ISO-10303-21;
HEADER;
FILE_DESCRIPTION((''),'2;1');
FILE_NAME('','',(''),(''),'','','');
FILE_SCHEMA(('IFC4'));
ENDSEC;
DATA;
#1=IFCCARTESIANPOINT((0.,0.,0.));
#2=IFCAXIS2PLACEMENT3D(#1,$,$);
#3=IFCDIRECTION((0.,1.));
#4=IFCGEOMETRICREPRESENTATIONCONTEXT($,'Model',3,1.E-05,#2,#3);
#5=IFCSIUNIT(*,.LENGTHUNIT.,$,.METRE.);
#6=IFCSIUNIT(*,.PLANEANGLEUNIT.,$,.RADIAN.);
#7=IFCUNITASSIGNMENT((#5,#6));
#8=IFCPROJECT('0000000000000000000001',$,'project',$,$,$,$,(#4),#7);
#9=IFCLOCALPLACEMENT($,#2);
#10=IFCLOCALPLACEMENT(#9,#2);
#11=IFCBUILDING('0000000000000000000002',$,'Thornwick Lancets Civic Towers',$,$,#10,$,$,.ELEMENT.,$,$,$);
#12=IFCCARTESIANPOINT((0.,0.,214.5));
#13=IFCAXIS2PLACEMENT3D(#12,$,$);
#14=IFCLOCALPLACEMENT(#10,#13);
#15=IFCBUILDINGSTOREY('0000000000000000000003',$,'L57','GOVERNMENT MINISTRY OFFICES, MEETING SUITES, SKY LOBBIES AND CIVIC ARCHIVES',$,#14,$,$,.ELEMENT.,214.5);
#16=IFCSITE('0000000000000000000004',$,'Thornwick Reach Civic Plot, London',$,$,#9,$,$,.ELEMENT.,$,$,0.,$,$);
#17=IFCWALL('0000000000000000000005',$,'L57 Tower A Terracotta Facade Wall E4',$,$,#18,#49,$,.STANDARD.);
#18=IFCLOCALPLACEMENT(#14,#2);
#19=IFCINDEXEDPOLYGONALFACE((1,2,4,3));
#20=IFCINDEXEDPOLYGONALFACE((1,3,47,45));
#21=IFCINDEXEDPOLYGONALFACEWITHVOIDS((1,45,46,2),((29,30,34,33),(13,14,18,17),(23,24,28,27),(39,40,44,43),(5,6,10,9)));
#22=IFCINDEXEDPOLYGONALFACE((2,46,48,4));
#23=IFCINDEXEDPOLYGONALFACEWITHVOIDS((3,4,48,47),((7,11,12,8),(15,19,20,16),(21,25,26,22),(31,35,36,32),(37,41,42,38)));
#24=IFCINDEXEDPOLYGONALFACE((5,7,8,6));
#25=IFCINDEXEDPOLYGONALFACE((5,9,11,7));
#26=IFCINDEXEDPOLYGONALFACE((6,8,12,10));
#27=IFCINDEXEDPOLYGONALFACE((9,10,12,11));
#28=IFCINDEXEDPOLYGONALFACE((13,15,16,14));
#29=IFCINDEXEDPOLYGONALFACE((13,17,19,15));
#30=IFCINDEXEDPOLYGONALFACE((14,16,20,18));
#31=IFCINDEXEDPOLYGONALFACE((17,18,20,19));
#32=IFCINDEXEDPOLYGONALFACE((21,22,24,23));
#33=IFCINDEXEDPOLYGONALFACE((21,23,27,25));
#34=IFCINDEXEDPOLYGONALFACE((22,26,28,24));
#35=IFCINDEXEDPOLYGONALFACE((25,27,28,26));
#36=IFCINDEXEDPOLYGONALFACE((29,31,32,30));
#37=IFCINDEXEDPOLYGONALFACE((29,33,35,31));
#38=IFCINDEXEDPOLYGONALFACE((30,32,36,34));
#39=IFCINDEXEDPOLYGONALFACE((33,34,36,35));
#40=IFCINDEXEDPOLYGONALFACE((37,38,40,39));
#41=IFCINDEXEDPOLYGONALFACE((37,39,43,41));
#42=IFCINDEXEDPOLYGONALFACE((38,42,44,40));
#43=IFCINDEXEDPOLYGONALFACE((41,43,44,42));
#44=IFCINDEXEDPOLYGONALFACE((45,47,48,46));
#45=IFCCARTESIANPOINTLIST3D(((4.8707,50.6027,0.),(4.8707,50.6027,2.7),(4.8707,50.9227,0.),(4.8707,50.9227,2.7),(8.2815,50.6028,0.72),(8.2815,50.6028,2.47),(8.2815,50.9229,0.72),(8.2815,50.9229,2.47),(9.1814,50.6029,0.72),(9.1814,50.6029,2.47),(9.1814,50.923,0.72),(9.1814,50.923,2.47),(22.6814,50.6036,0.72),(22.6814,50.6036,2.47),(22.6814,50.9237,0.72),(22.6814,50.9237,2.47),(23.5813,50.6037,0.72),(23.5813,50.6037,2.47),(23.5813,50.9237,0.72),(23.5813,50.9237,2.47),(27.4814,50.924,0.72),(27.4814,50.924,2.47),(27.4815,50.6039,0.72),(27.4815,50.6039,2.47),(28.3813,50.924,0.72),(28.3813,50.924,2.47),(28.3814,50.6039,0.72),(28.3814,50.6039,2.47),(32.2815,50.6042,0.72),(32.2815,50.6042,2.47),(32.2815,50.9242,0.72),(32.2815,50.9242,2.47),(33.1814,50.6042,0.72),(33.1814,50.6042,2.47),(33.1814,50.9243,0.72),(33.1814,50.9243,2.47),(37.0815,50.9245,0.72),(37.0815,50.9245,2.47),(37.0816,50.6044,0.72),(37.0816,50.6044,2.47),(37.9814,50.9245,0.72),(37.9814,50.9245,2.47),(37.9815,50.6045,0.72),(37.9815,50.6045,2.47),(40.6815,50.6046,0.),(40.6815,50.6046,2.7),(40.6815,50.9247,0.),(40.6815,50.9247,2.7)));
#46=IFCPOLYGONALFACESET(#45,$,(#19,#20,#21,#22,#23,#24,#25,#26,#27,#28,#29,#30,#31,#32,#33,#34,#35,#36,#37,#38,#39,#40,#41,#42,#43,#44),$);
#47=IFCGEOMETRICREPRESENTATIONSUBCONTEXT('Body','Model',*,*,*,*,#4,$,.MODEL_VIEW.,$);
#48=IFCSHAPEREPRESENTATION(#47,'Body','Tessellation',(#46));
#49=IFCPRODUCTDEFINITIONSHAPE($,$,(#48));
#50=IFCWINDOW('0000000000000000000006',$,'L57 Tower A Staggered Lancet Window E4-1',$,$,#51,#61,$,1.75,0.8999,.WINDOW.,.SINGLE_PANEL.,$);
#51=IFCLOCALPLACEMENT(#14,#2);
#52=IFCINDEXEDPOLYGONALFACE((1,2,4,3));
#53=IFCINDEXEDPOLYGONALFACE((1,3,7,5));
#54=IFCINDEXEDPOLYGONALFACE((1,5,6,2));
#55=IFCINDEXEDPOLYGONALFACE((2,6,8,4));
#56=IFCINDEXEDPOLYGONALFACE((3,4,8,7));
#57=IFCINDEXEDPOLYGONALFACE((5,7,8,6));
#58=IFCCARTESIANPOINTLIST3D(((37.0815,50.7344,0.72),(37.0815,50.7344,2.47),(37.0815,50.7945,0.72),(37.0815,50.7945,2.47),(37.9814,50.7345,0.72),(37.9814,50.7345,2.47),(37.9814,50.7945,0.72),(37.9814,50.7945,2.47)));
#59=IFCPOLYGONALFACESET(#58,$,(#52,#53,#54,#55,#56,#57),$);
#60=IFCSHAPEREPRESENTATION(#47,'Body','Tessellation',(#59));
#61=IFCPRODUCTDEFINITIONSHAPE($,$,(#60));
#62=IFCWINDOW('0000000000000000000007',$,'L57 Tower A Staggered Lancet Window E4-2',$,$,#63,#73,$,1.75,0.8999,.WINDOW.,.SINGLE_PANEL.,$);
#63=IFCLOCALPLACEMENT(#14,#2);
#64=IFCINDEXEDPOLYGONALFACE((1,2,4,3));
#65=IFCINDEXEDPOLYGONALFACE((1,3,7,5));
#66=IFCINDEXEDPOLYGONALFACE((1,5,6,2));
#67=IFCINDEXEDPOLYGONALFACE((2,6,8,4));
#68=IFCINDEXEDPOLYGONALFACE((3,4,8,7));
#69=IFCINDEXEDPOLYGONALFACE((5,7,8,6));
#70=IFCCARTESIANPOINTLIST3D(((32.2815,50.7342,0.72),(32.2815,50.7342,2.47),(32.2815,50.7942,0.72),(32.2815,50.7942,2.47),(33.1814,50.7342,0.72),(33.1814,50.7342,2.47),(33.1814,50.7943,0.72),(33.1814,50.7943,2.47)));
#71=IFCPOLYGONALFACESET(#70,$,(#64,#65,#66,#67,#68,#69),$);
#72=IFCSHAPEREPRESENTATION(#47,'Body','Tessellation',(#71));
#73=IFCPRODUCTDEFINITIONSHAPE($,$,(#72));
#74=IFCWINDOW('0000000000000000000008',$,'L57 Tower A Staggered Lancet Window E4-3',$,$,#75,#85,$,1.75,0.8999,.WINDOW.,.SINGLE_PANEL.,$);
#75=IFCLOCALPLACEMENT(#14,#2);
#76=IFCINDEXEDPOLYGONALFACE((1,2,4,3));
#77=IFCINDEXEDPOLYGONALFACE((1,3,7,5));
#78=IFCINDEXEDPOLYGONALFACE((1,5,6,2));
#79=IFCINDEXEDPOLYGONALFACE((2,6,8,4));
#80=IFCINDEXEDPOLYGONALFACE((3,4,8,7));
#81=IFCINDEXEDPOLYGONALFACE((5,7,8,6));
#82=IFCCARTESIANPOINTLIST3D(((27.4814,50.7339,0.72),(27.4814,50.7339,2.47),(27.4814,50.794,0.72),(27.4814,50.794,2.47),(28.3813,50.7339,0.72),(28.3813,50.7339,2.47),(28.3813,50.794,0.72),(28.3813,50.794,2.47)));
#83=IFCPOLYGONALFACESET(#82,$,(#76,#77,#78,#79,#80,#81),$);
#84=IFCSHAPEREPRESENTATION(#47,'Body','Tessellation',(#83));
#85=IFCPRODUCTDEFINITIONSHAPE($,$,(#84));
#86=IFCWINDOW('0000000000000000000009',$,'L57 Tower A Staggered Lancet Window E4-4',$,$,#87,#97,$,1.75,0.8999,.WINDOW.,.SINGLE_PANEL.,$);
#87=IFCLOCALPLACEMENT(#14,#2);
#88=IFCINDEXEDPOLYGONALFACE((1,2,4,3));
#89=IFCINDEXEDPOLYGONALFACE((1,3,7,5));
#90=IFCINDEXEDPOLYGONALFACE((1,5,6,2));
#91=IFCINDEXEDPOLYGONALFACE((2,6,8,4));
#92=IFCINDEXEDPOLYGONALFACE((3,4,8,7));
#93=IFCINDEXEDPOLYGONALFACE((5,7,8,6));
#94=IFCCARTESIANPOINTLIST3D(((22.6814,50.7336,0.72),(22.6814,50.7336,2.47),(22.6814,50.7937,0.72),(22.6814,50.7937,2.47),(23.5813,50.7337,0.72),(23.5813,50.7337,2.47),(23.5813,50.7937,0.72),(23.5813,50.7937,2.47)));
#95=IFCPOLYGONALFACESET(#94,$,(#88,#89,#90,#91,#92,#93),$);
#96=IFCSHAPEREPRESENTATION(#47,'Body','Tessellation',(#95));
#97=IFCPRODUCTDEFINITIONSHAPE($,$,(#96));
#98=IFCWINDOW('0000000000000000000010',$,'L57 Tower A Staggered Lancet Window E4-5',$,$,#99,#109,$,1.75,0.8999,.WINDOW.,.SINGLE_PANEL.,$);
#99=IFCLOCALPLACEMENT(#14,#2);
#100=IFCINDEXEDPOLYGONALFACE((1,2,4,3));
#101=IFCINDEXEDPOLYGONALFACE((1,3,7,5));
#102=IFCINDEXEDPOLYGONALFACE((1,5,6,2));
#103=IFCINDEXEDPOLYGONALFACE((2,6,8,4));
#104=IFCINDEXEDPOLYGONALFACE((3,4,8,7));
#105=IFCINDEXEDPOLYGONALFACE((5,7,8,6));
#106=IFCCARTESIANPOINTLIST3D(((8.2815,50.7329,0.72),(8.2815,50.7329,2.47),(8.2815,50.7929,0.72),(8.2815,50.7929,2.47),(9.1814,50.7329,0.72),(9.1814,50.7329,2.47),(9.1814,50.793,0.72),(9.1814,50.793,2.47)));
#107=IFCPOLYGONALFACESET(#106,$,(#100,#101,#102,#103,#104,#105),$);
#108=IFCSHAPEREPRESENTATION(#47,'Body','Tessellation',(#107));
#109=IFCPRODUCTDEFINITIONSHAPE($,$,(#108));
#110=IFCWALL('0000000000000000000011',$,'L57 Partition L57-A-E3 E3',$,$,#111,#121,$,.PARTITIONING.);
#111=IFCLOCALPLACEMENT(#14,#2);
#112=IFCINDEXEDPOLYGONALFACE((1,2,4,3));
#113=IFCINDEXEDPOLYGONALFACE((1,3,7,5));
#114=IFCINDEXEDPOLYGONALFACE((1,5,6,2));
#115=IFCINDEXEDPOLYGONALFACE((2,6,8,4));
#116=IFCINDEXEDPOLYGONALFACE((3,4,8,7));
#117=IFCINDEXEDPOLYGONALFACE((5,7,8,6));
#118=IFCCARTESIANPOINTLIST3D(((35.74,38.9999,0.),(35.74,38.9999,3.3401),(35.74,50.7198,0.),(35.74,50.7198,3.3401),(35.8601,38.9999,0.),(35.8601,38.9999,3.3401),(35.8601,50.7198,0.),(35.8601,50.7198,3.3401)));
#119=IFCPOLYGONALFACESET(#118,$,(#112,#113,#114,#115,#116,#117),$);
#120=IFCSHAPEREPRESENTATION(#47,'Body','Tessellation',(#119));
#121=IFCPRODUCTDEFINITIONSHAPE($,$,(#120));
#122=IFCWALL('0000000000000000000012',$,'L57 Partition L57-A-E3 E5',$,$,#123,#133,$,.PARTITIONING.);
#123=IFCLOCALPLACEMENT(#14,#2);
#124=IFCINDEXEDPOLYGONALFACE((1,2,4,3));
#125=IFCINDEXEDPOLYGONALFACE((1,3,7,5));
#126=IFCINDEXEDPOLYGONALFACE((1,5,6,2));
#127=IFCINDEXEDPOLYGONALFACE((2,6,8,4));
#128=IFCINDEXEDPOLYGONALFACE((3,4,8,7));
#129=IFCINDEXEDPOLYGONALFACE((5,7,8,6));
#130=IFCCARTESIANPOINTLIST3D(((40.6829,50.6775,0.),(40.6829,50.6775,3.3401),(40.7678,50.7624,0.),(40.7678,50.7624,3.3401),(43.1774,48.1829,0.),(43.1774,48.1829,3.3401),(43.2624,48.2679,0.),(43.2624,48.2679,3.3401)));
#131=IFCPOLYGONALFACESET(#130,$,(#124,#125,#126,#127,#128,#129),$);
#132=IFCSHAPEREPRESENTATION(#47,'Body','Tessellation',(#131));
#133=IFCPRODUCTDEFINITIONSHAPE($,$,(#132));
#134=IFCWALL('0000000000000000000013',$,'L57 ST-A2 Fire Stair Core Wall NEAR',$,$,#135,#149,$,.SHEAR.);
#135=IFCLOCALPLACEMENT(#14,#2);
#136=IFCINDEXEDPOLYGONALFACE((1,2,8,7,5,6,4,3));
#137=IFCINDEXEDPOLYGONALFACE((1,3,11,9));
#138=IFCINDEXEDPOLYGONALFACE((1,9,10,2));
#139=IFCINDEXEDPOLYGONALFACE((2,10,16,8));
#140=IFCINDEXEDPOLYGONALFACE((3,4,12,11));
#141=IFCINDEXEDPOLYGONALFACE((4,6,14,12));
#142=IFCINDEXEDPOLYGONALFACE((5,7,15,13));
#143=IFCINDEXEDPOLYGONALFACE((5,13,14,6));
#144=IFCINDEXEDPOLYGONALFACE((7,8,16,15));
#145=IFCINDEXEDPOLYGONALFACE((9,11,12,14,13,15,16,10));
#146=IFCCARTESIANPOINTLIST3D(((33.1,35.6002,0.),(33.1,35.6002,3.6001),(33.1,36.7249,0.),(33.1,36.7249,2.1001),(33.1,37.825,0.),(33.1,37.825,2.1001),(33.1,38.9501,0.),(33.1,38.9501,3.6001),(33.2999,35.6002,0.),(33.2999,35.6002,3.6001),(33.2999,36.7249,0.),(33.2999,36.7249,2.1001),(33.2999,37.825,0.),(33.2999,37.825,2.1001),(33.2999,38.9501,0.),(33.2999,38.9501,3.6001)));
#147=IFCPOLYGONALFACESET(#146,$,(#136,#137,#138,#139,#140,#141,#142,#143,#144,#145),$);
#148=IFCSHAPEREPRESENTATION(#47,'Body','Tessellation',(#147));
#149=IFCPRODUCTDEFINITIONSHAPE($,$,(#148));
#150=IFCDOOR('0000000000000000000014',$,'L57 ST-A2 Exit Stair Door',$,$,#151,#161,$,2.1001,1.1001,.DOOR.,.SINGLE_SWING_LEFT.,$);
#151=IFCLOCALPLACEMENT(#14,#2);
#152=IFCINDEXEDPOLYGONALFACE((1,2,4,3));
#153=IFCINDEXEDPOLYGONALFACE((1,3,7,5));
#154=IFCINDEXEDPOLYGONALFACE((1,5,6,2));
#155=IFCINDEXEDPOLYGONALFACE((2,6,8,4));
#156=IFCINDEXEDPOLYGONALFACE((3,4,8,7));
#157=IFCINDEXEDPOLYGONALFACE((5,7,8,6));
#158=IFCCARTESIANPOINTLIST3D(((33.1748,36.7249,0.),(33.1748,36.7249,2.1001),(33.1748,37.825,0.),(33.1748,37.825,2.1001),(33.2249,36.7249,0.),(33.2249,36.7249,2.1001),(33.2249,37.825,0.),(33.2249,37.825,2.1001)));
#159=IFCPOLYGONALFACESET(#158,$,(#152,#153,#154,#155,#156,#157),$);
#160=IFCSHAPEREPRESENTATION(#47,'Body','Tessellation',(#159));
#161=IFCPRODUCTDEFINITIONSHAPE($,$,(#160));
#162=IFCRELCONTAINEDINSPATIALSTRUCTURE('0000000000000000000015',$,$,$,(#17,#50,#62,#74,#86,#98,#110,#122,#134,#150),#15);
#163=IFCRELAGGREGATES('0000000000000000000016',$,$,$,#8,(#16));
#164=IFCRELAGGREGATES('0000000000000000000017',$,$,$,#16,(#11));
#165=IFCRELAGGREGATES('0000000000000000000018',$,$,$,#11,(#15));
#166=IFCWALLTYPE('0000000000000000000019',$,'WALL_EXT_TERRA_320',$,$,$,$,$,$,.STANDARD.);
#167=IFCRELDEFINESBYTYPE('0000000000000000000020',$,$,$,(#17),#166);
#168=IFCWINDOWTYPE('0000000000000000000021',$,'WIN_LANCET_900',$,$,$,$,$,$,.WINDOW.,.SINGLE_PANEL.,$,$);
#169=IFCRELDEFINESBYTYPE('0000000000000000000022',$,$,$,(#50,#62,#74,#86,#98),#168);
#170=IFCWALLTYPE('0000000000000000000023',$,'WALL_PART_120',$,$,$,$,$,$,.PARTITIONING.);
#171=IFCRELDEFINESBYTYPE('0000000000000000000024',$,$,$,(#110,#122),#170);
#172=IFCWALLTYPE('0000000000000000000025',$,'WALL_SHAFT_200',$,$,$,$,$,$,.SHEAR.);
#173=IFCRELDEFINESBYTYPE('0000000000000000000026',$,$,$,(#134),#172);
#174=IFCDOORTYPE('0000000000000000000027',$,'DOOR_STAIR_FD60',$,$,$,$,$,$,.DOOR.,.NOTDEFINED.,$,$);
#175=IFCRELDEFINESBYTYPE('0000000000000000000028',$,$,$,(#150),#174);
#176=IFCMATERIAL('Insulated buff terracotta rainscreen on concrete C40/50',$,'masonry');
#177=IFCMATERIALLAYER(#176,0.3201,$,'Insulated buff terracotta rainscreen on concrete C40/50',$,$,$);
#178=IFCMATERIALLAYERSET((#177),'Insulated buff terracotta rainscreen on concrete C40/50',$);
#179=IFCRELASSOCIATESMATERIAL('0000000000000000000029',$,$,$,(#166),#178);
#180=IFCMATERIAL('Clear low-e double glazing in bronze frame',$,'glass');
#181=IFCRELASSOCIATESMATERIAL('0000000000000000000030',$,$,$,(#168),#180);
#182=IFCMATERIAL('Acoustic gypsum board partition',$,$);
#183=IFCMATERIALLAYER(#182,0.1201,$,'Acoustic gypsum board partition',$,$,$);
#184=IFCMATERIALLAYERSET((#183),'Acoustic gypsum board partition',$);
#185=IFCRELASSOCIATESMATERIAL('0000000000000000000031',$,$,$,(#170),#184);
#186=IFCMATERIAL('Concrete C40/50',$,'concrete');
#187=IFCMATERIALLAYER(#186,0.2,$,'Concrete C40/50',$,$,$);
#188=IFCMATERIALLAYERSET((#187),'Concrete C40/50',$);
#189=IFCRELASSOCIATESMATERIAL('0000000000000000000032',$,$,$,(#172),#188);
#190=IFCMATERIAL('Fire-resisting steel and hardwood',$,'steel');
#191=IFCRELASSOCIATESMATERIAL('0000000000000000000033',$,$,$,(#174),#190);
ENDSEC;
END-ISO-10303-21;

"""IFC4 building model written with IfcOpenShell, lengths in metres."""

from ifc_helpers import new_model, si_unit, direction, frame, frame_2d, origin, place, context, subcontext, project, spatial, rectangle, extrude, material, layer, layer_set, type_object, element, fill, save


model = new_model("IFC4")

# Units and contexts
model_context = context("Model", 3, precision=1e-05, world=origin(), true_north=direction((0.0, 1.0)))
body_context = subcontext(model_context, "Body", "Model", "MODEL_VIEW")
ifc_project = project(units=[si_unit("LENGTHUNIT", "METRE"), si_unit("PLANEANGLEUNIT", "RADIAN")], contexts=[model_context])

# Site, building, storey
site_placement = place(None, origin())
site = spatial("IfcSite", under=ifc_project, at=site_placement, Name="Thornwick Reach Civic Plot, London", CompositionType="ELEMENT", RefElevation=0.0)
building_placement = place(site_placement, origin())
building = spatial("IfcBuilding", under=site, at=building_placement, Name="Thornwick Lancets Civic Towers", CompositionType="ELEMENT")
storey_placement = place(building_placement, frame((0.0, 0.0, 214.5)))
storey = spatial("IfcBuildingStorey", under=building, at=storey_placement, Name="L57", Description="GOVERNMENT MINISTRY OFFICES, MEETING SUITES, SKY LOBBIES AND CIVIC ARCHIVES", CompositionType="ELEMENT", Elevation=214.5)

# Shared definitions
ifc_material_1 = material(Name="Concrete C40/50", Category="concrete")

# Wall, openings, windows
ifc_material_2 = material(Name="Insulated buff terracotta rainscreen on concrete C40/50", Category="masonry")
ifc_layer_1 = layer(ifc_material_2, 0.3201, Name="Insulated buff terracotta rainscreen on concrete C40/50")
ifc_layer_set_1 = layer_set([ifc_layer_1], Name="Insulated buff terracotta rainscreen on concrete C40/50")
wall_type_1 = type_object("IfcWallType", Name="WALL_EXT_TERRA_320", PredefinedType="STANDARD", material=ifc_layer_set_1)
wall_1_placement = place(storey_placement, frame((40.6814, 50.7646, 0.0), z_axis=(0.0, 0.0, 1.0), x_axis=(-1.0, -0.000055, 0.0)))
wall_1 = element("IfcWall", 1, at=wall_1_placement, inside=storey, type_object=wall_type_1, Name="L57 Tower A Terracotta Facade Wall E4", PredefinedType="STANDARD", context=body_context, shape_type="SweptSolid", body=[
    extrude(rectangle(XDim=35.8108, YDim=0.3201, at=frame_2d((17.9053, 0.0))), origin(), (0.0, 0.0, 1.0), 2.7),
])
opening_1_placement = place(wall_1_placement, frame((2.7, 0.0, 0.72)))
opening_1 = element("IfcOpeningElement", 2, at=opening_1_placement, cuts=wall_1, PredefinedType="OPENING", context=body_context, shape_type="SweptSolid", body=[
    extrude(rectangle(XDim=0.8999, YDim=1.75, at=frame_2d((0.45, 0.875))), frame((0.0, 0.1699, 0.0), z_axis=(0.0, -1.0, 0.0), x_axis=(1.0, 0.0, 0.0)), (0.0, 0.0, 1.0), 0.3401),
])
opening_2_placement = place(wall_1_placement, frame((7.5, 0.0, 0.72)))
opening_2 = element("IfcOpeningElement", 3, at=opening_2_placement, cuts=wall_1, PredefinedType="OPENING", context=body_context, shape_type="SweptSolid", body=[
    extrude(rectangle(XDim=0.8999, YDim=1.75, at=frame_2d((0.45, 0.875))), frame((0.0, 0.1699, 0.0), z_axis=(0.0, -1.0, 0.0), x_axis=(1.0, 0.0, 0.0)), (0.0, 0.0, 1.0), 0.3401),
])
opening_3_placement = place(wall_1_placement, frame((12.3, 0.0, 0.72)))
opening_3 = element("IfcOpeningElement", 4, at=opening_3_placement, cuts=wall_1, PredefinedType="OPENING", context=body_context, shape_type="SweptSolid", body=[
    extrude(rectangle(XDim=0.8999, YDim=1.75, at=frame_2d((0.45, 0.875))), frame((0.0, 0.1699, 0.0), z_axis=(0.0, -1.0, 0.0), x_axis=(1.0, 0.0, 0.0)), (0.0, 0.0, 1.0), 0.3401),
])
opening_4_placement = place(wall_1_placement, frame((17.1001, 0.0, 0.72)))
opening_4 = element("IfcOpeningElement", 5, at=opening_4_placement, cuts=wall_1, PredefinedType="OPENING", context=body_context, shape_type="SweptSolid", body=[
    extrude(rectangle(XDim=0.8999, YDim=1.75, at=frame_2d((0.45, 0.875))), frame((0.0, 0.1699, 0.0), z_axis=(0.0, -1.0, 0.0), x_axis=(1.0, 0.0, 0.0)), (0.0, 0.0, 1.0), 0.3401),
])
opening_5_placement = place(wall_1_placement, frame((31.5, 0.0, 0.72)))
opening_5 = element("IfcOpeningElement", 6, at=opening_5_placement, cuts=wall_1, PredefinedType="OPENING", context=body_context, shape_type="SweptSolid", body=[
    extrude(rectangle(XDim=0.8999, YDim=1.75, at=frame_2d((0.45, 0.875))), frame((0.0, 0.1699, 0.0), z_axis=(0.0, -1.0, 0.0), x_axis=(1.0, 0.0, 0.0)), (0.0, 0.0, 1.0), 0.3401),
])
ifc_material_3 = material(Name="Clear low-e double glazing in bronze frame", Category="glass")
window_type = type_object("IfcWindowType", Name="WIN_LANCET_900", PartitioningType="SINGLE_PANEL", PredefinedType="WINDOW", material=ifc_material_3)
window_1_placement = place(opening_1_placement, origin())
window_1 = element("IfcWindow", 7, at=window_1_placement, inside=storey, type_object=window_type, Name="L57 Tower A Staggered Lancet Window E4-1", OverallHeight=1.75, OverallWidth=0.8999, PartitioningType="SINGLE_PANEL", PredefinedType="WINDOW", context=body_context, shape_type="SweptSolid", body=[
    extrude(rectangle(XDim=0.8999, YDim=1.75, at=frame_2d((0.45, 0.875))), frame((0.0, 0.03, 0.0), z_axis=(0.0, -1.0, 0.0), x_axis=(1.0, 0.0, 0.0)), (0.0, 0.0, 1.0), 0.0601),
])
fill(opening_1, window_1)
window_2_placement = place(opening_2_placement, origin())
window_2 = element("IfcWindow", 8, at=window_2_placement, inside=storey, type_object=window_type, Name="L57 Tower A Staggered Lancet Window E4-2", OverallHeight=1.75, OverallWidth=0.8999, PartitioningType="SINGLE_PANEL", PredefinedType="WINDOW", context=body_context, shape_type="SweptSolid", body=[
    extrude(rectangle(XDim=0.8999, YDim=1.75, at=frame_2d((0.45, 0.875))), frame((0.0, 0.03, 0.0), z_axis=(0.0, -1.0, 0.0), x_axis=(1.0, 0.0, 0.0)), (0.0, 0.0, 1.0), 0.0601),
])
fill(opening_2, window_2)
window_3_placement = place(opening_3_placement, origin())
window_3 = element("IfcWindow", 9, at=window_3_placement, inside=storey, type_object=window_type, Name="L57 Tower A Staggered Lancet Window E4-3", OverallHeight=1.75, OverallWidth=0.8999, PartitioningType="SINGLE_PANEL", PredefinedType="WINDOW", context=body_context, shape_type="SweptSolid", body=[
    extrude(rectangle(XDim=0.8999, YDim=1.75, at=frame_2d((0.45, 0.875))), frame((0.0, 0.03, 0.0), z_axis=(0.0, -1.0, 0.0), x_axis=(1.0, 0.0, 0.0)), (0.0, 0.0, 1.0), 0.0601),
])
fill(opening_3, window_3)
window_4_placement = place(opening_4_placement, origin())
window_4 = element("IfcWindow", 10, at=window_4_placement, inside=storey, type_object=window_type, Name="L57 Tower A Staggered Lancet Window E4-4", OverallHeight=1.75, OverallWidth=0.8999, PartitioningType="SINGLE_PANEL", PredefinedType="WINDOW", context=body_context, shape_type="SweptSolid", body=[
    extrude(rectangle(XDim=0.8999, YDim=1.75, at=frame_2d((0.45, 0.875))), frame((0.0, 0.03, 0.0), z_axis=(0.0, -1.0, 0.0), x_axis=(1.0, 0.0, 0.0)), (0.0, 0.0, 1.0), 0.0601),
])
fill(opening_4, window_4)
window_5_placement = place(opening_5_placement, origin())
window_5 = element("IfcWindow", 11, at=window_5_placement, inside=storey, type_object=window_type, Name="L57 Tower A Staggered Lancet Window E4-5", OverallHeight=1.75, OverallWidth=0.8999, PartitioningType="SINGLE_PANEL", PredefinedType="WINDOW", context=body_context, shape_type="SweptSolid", body=[
    extrude(rectangle(XDim=0.8999, YDim=1.75, at=frame_2d((0.45, 0.875))), frame((0.0, 0.03, 0.0), z_axis=(0.0, -1.0, 0.0), x_axis=(1.0, 0.0, 0.0)), (0.0, 0.0, 1.0), 0.0601),
])
fill(opening_5, window_5)

# Walls
ifc_material_4 = material(Name="Acoustic gypsum board partition")
ifc_layer_2 = layer(ifc_material_4, 0.1201, Name="Acoustic gypsum board partition")
ifc_layer_set_2 = layer_set([ifc_layer_2], Name="Acoustic gypsum board partition")
wall_type_2 = type_object("IfcWallType", Name="WALL_PART_120", PredefinedType="PARTITIONING", material=ifc_layer_set_2)
wall_2_placement = place(storey_placement, frame((35.8, 39.0, 0.0), z_axis=(0.0, 0.0, 1.0), x_axis=(0.0, 1.0, 0.0)))
element("IfcWall", 12, at=wall_2_placement, inside=storey, type_object=wall_type_2, Name="L57 Partition L57-A-E3 E3", PredefinedType="PARTITIONING", context=body_context, shape_type="SweptSolid", body=[
    extrude(rectangle(XDim=11.72, YDim=0.1201, at=frame_2d((5.8599, 0.0))), origin(), (0.0, 0.0, 1.0), 3.3401),
])
wall_3_placement = place(storey_placement, frame((40.7253, 50.72, 0.0), z_axis=(0.0, 0.0, 1.0), x_axis=(0.707107, -0.707107, 0.0)))
element("IfcWall", 13, at=wall_3_placement, inside=storey, type_object=wall_type_2, Name="L57 Partition L57-A-E3 E5", PredefinedType="PARTITIONING", context=body_context, shape_type="SweptSolid", body=[
    extrude(rectangle(XDim=3.5278, YDim=0.1201, at=frame_2d((1.7639, 0.0))), origin(), (0.0, 0.0, 1.0), 3.3401),
])

# Wall, opening, door
ifc_layer_3 = layer(ifc_material_1, 0.2, Name="Concrete C40/50")
ifc_layer_set_3 = layer_set([ifc_layer_3], Name="Concrete C40/50")
wall_type_3 = type_object("IfcWallType", Name="WALL_SHAFT_200", PredefinedType="SHEAR", material=ifc_layer_set_3)
wall_4_placement = place(storey_placement, frame((33.2, 38.95, 0.0), z_axis=(0.0, 0.0, 1.0), x_axis=(0.0, -1.0, 0.0)))
wall_4 = element("IfcWall", 14, at=wall_4_placement, inside=storey, type_object=wall_type_3, Name="L57 ST-A2 Fire Stair Core Wall NEAR", PredefinedType="SHEAR", context=body_context, shape_type="SweptSolid", body=[
    extrude(rectangle(XDim=3.3499, YDim=0.2, at=frame_2d((1.6748, 0.0))), origin(), (0.0, 0.0, 1.0), 3.6001),
])
opening_6_placement = place(wall_4_placement, frame((1.125, 0.0, 0.0)))
opening_6 = element("IfcOpeningElement", 15, at=opening_6_placement, cuts=wall_4, PredefinedType="OPENING", context=body_context, shape_type="SweptSolid", body=[
    extrude(rectangle(XDim=1.1001, YDim=2.1001, at=frame_2d((0.55, 1.05))), frame((0.0, 0.1099, 0.0), z_axis=(0.0, -1.0, 0.0), x_axis=(1.0, 0.0, 0.0)), (0.0, 0.0, 1.0), 0.22),
])
ifc_material_5 = material(Name="Fire-resisting steel and hardwood", Category="steel")
door_type = type_object("IfcDoorType", Name="DOOR_STAIR_FD60", OperationType="NOTDEFINED", PredefinedType="DOOR", material=ifc_material_5)
door_placement = place(opening_6_placement, origin())
door = element("IfcDoor", 16, at=door_placement, inside=storey, type_object=door_type, Name="L57 ST-A2 Exit Stair Door", OperationType="SINGLE_SWING_LEFT", OverallHeight=2.1001, OverallWidth=1.1001, PredefinedType="DOOR", context=body_context, shape_type="SweptSolid", body=[
    extrude(rectangle(XDim=1.1001, YDim=2.1001, at=frame_2d((0.55, 1.05))), frame((0.0, 0.0249, 0.0), z_axis=(0.0, -1.0, 0.0), x_axis=(1.0, 0.0, 0.0)), (0.0, 0.0, 1.0), 0.05),
])
fill(opening_6, door)

save(model, "model.ifc")
